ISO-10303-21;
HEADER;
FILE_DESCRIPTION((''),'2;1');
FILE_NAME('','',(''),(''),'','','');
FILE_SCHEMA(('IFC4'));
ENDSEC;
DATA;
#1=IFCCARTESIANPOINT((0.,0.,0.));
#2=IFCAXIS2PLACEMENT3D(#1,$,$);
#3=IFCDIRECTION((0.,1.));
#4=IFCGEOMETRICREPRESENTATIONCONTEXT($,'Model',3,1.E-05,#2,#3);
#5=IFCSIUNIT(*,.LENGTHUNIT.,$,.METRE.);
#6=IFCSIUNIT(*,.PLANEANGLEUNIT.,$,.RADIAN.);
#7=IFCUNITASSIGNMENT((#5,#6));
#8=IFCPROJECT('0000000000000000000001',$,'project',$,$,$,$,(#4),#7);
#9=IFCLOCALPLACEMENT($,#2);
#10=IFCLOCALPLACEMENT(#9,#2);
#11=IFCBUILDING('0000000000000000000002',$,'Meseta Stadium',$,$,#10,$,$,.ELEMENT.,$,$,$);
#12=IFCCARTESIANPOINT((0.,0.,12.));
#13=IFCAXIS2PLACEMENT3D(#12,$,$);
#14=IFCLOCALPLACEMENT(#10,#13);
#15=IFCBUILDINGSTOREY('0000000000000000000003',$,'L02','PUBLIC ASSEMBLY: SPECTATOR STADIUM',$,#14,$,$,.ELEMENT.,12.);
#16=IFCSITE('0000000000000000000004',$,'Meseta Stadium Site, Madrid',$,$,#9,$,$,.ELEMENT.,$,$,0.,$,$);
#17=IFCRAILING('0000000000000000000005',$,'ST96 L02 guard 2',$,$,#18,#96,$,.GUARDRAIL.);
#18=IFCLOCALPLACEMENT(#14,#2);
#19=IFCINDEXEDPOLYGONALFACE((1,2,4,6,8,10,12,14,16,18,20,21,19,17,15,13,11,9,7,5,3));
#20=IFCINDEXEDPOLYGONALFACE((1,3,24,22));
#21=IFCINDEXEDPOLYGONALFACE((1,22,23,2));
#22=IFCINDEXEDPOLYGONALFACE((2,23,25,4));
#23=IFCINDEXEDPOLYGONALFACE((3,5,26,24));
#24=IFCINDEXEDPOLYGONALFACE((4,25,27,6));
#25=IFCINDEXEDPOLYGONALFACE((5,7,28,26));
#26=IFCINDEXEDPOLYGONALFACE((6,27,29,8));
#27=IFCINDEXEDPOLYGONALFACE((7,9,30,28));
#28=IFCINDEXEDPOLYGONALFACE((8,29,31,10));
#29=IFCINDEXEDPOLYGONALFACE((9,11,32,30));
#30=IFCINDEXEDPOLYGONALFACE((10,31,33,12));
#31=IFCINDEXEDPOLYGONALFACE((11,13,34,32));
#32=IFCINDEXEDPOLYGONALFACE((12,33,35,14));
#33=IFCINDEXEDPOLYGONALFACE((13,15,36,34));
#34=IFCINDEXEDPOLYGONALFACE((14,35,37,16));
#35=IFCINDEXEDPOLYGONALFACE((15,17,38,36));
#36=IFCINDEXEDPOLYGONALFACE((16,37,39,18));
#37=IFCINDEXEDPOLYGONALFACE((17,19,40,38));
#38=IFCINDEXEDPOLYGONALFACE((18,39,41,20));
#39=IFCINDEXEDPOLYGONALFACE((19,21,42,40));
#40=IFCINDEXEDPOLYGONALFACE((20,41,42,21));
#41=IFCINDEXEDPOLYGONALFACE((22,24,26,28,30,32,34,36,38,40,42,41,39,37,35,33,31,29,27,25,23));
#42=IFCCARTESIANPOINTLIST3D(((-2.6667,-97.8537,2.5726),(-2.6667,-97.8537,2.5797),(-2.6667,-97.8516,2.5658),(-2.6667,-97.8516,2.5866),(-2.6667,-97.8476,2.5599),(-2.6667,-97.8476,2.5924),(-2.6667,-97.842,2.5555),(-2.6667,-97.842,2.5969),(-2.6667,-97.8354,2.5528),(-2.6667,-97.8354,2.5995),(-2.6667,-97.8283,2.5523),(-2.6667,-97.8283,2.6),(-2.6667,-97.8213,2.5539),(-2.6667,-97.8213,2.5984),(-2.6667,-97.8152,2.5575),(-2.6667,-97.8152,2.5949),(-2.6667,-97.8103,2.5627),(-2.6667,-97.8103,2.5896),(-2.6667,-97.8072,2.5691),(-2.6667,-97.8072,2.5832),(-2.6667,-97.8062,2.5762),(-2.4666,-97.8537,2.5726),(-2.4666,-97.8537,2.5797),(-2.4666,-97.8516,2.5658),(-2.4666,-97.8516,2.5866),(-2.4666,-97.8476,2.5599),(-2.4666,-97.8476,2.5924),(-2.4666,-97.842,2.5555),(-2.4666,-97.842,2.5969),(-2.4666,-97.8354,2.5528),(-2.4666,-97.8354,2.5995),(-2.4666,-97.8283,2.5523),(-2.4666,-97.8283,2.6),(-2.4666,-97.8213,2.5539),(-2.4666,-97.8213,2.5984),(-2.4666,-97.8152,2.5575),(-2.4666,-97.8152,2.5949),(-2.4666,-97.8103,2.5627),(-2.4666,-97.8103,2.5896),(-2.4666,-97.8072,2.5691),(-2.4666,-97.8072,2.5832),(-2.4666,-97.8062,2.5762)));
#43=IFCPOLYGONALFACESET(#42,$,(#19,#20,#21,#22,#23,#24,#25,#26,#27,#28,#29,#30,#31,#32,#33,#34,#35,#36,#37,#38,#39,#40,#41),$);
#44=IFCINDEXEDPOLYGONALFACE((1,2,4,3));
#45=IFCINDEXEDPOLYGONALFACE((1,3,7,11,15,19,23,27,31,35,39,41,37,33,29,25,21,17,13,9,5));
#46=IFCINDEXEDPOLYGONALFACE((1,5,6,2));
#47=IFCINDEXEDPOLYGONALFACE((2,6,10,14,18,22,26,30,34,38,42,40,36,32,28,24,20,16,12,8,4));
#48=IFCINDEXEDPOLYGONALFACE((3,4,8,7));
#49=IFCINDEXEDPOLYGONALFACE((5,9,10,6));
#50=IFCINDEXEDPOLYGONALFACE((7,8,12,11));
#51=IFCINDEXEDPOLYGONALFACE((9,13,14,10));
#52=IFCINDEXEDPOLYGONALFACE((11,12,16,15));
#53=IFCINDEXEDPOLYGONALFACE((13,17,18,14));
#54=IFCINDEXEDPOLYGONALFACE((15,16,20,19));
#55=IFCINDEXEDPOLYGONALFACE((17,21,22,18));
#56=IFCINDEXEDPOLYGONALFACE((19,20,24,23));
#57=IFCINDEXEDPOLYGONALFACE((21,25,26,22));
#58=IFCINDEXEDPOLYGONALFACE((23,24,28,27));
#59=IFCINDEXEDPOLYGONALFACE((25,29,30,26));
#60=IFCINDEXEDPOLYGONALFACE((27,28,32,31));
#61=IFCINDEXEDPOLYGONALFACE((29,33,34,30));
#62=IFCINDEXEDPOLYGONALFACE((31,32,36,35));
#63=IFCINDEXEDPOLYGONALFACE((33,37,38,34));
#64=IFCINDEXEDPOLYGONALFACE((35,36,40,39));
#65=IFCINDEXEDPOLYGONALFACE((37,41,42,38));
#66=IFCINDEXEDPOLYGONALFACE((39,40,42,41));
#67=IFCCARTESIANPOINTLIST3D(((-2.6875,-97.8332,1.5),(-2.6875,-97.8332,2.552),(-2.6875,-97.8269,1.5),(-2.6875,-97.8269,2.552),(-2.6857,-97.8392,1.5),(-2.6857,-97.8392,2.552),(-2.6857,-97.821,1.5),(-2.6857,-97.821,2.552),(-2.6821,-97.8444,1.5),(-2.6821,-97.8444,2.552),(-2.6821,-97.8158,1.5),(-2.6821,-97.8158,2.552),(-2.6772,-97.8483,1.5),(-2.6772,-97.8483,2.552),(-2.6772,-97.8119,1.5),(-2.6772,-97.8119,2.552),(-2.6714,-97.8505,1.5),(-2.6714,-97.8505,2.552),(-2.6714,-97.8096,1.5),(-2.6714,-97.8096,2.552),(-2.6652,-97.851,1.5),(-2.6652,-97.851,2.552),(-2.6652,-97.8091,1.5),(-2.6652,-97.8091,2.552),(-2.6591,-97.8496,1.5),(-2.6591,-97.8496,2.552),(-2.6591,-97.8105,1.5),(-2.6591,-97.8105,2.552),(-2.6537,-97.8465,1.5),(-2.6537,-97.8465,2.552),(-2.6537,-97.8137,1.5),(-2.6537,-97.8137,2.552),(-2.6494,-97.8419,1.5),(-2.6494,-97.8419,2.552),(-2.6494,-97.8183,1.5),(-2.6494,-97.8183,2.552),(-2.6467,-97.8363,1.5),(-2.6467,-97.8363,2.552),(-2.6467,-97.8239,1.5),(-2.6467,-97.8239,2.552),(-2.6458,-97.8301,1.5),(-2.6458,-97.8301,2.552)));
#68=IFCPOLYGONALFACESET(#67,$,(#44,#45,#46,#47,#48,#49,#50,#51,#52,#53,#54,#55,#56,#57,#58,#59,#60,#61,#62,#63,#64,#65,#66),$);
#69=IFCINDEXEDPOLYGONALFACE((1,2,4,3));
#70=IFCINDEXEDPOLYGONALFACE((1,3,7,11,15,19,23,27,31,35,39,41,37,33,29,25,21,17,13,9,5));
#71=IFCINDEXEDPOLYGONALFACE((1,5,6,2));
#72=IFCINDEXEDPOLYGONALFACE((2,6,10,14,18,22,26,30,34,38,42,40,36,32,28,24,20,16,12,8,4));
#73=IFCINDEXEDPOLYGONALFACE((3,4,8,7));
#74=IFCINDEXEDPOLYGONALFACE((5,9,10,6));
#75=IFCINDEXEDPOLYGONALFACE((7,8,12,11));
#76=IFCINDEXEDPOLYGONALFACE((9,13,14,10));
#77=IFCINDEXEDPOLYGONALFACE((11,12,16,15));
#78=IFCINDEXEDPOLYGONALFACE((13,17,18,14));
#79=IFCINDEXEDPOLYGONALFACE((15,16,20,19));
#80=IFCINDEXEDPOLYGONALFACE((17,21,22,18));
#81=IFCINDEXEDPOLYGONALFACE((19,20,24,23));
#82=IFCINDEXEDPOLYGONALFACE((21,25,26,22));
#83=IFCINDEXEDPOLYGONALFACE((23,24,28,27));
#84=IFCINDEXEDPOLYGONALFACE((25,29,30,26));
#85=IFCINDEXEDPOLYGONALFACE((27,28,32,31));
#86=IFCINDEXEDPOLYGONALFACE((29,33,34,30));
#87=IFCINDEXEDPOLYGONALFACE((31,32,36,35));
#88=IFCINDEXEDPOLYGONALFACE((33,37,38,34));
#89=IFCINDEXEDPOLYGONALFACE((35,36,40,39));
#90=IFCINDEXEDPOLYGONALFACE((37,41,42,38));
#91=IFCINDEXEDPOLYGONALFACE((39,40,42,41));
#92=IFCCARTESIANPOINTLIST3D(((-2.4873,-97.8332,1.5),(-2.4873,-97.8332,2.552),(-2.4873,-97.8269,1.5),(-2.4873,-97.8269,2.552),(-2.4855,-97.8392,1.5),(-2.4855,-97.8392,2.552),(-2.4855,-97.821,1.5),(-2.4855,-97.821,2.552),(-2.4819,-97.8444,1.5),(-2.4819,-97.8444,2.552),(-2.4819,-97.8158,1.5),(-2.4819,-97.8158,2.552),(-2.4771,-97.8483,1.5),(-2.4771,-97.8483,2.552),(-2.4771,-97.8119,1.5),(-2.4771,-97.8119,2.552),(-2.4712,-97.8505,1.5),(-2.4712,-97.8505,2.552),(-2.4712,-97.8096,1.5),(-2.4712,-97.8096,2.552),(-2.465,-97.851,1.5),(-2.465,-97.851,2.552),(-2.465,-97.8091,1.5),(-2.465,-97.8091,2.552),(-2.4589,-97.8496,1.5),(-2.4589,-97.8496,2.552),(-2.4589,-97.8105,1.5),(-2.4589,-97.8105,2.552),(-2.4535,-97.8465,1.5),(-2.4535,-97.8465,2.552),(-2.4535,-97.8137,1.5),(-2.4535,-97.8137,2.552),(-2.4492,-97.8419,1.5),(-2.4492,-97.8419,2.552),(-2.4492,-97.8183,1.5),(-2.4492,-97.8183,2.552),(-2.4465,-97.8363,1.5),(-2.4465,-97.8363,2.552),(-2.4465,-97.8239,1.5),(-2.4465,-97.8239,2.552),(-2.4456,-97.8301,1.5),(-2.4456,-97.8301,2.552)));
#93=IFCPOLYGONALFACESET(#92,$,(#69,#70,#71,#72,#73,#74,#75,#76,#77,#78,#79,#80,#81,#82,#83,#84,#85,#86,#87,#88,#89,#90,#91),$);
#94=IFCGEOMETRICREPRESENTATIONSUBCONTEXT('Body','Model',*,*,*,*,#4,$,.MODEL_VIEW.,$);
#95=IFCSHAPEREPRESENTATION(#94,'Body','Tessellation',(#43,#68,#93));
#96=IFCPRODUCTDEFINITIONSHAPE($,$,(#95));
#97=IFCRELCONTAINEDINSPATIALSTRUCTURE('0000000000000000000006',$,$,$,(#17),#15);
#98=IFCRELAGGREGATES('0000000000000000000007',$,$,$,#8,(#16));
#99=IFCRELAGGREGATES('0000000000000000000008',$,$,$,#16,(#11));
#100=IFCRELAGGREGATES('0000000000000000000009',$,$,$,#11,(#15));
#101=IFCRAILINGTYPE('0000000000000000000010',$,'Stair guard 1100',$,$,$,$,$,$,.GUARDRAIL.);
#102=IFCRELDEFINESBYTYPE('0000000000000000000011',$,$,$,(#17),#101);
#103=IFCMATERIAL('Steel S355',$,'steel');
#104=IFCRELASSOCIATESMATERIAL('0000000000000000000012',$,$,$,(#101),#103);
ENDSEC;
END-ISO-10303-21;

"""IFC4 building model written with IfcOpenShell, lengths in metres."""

from ifc_helpers import new_model, si_unit, direction, frame, origin, origin_2d, place, context, subcontext, project, spatial, circle, extrude, material, type_object, element, save


model = new_model("IFC4")

# Units and contexts
model_context = context("Model", 3, precision=1e-05, world=origin(), true_north=direction((0.0, 1.0)))
body_context = subcontext(model_context, "Body", "Model", "MODEL_VIEW")
ifc_project = project(units=[si_unit("LENGTHUNIT", "METRE"), si_unit("PLANEANGLEUNIT", "RADIAN")], contexts=[model_context])

# Site, building, storey
site_placement = place(None, origin())
site = spatial("IfcSite", under=ifc_project, at=site_placement, Name="Meseta Stadium Site, Madrid", CompositionType="ELEMENT", RefElevation=0.0)
building_placement = place(site_placement, origin())
building = spatial("IfcBuilding", under=site, at=building_placement, Name="Meseta Stadium", CompositionType="ELEMENT")
storey_placement = place(building_placement, frame((0.0, 0.0, 12.0)))
storey = spatial("IfcBuildingStorey", under=building, at=storey_placement, Name="L02", Description="PUBLIC ASSEMBLY: SPECTATOR STADIUM", CompositionType="ELEMENT", Elevation=12.0)

# Railing
ifc_material_1 = material(Name="Steel S355", Category="steel")
railing_type_1 = type_object("IfcRailingType", Name="Stair guard 1100", PredefinedType="GUARDRAIL", material=ifc_material_1)
railing_1_placement = place(storey_placement, frame((-2.6667, -97.8301, 1.5)))
element("IfcRailing", 1, at=railing_1_placement, inside=storey, type_object=railing_type_1, Name="ST96 L02 guard 2", PredefinedType="GUARDRAIL", context=body_context, shape_type="SweptSolid", body=[
    extrude(circle(Radius=0.0239, at=origin_2d()), frame((0.0, 0.0, 1.0762), z_axis=(1.0, 0.0, 0.0), x_axis=(0.0, 1.0, 0.0)), (0.0, 0.0, 1.0), 0.2002),
    extrude(circle(Radius=0.021, at=origin_2d()), origin(), (0.0, 0.0, 1.0), 1.052),
    extrude(circle(Radius=0.021, at=origin_2d()), frame((0.2002, 0.0, 0.0)), (0.0, 0.0, 1.0), 1.052),
])

save(model, "model.ifc")
